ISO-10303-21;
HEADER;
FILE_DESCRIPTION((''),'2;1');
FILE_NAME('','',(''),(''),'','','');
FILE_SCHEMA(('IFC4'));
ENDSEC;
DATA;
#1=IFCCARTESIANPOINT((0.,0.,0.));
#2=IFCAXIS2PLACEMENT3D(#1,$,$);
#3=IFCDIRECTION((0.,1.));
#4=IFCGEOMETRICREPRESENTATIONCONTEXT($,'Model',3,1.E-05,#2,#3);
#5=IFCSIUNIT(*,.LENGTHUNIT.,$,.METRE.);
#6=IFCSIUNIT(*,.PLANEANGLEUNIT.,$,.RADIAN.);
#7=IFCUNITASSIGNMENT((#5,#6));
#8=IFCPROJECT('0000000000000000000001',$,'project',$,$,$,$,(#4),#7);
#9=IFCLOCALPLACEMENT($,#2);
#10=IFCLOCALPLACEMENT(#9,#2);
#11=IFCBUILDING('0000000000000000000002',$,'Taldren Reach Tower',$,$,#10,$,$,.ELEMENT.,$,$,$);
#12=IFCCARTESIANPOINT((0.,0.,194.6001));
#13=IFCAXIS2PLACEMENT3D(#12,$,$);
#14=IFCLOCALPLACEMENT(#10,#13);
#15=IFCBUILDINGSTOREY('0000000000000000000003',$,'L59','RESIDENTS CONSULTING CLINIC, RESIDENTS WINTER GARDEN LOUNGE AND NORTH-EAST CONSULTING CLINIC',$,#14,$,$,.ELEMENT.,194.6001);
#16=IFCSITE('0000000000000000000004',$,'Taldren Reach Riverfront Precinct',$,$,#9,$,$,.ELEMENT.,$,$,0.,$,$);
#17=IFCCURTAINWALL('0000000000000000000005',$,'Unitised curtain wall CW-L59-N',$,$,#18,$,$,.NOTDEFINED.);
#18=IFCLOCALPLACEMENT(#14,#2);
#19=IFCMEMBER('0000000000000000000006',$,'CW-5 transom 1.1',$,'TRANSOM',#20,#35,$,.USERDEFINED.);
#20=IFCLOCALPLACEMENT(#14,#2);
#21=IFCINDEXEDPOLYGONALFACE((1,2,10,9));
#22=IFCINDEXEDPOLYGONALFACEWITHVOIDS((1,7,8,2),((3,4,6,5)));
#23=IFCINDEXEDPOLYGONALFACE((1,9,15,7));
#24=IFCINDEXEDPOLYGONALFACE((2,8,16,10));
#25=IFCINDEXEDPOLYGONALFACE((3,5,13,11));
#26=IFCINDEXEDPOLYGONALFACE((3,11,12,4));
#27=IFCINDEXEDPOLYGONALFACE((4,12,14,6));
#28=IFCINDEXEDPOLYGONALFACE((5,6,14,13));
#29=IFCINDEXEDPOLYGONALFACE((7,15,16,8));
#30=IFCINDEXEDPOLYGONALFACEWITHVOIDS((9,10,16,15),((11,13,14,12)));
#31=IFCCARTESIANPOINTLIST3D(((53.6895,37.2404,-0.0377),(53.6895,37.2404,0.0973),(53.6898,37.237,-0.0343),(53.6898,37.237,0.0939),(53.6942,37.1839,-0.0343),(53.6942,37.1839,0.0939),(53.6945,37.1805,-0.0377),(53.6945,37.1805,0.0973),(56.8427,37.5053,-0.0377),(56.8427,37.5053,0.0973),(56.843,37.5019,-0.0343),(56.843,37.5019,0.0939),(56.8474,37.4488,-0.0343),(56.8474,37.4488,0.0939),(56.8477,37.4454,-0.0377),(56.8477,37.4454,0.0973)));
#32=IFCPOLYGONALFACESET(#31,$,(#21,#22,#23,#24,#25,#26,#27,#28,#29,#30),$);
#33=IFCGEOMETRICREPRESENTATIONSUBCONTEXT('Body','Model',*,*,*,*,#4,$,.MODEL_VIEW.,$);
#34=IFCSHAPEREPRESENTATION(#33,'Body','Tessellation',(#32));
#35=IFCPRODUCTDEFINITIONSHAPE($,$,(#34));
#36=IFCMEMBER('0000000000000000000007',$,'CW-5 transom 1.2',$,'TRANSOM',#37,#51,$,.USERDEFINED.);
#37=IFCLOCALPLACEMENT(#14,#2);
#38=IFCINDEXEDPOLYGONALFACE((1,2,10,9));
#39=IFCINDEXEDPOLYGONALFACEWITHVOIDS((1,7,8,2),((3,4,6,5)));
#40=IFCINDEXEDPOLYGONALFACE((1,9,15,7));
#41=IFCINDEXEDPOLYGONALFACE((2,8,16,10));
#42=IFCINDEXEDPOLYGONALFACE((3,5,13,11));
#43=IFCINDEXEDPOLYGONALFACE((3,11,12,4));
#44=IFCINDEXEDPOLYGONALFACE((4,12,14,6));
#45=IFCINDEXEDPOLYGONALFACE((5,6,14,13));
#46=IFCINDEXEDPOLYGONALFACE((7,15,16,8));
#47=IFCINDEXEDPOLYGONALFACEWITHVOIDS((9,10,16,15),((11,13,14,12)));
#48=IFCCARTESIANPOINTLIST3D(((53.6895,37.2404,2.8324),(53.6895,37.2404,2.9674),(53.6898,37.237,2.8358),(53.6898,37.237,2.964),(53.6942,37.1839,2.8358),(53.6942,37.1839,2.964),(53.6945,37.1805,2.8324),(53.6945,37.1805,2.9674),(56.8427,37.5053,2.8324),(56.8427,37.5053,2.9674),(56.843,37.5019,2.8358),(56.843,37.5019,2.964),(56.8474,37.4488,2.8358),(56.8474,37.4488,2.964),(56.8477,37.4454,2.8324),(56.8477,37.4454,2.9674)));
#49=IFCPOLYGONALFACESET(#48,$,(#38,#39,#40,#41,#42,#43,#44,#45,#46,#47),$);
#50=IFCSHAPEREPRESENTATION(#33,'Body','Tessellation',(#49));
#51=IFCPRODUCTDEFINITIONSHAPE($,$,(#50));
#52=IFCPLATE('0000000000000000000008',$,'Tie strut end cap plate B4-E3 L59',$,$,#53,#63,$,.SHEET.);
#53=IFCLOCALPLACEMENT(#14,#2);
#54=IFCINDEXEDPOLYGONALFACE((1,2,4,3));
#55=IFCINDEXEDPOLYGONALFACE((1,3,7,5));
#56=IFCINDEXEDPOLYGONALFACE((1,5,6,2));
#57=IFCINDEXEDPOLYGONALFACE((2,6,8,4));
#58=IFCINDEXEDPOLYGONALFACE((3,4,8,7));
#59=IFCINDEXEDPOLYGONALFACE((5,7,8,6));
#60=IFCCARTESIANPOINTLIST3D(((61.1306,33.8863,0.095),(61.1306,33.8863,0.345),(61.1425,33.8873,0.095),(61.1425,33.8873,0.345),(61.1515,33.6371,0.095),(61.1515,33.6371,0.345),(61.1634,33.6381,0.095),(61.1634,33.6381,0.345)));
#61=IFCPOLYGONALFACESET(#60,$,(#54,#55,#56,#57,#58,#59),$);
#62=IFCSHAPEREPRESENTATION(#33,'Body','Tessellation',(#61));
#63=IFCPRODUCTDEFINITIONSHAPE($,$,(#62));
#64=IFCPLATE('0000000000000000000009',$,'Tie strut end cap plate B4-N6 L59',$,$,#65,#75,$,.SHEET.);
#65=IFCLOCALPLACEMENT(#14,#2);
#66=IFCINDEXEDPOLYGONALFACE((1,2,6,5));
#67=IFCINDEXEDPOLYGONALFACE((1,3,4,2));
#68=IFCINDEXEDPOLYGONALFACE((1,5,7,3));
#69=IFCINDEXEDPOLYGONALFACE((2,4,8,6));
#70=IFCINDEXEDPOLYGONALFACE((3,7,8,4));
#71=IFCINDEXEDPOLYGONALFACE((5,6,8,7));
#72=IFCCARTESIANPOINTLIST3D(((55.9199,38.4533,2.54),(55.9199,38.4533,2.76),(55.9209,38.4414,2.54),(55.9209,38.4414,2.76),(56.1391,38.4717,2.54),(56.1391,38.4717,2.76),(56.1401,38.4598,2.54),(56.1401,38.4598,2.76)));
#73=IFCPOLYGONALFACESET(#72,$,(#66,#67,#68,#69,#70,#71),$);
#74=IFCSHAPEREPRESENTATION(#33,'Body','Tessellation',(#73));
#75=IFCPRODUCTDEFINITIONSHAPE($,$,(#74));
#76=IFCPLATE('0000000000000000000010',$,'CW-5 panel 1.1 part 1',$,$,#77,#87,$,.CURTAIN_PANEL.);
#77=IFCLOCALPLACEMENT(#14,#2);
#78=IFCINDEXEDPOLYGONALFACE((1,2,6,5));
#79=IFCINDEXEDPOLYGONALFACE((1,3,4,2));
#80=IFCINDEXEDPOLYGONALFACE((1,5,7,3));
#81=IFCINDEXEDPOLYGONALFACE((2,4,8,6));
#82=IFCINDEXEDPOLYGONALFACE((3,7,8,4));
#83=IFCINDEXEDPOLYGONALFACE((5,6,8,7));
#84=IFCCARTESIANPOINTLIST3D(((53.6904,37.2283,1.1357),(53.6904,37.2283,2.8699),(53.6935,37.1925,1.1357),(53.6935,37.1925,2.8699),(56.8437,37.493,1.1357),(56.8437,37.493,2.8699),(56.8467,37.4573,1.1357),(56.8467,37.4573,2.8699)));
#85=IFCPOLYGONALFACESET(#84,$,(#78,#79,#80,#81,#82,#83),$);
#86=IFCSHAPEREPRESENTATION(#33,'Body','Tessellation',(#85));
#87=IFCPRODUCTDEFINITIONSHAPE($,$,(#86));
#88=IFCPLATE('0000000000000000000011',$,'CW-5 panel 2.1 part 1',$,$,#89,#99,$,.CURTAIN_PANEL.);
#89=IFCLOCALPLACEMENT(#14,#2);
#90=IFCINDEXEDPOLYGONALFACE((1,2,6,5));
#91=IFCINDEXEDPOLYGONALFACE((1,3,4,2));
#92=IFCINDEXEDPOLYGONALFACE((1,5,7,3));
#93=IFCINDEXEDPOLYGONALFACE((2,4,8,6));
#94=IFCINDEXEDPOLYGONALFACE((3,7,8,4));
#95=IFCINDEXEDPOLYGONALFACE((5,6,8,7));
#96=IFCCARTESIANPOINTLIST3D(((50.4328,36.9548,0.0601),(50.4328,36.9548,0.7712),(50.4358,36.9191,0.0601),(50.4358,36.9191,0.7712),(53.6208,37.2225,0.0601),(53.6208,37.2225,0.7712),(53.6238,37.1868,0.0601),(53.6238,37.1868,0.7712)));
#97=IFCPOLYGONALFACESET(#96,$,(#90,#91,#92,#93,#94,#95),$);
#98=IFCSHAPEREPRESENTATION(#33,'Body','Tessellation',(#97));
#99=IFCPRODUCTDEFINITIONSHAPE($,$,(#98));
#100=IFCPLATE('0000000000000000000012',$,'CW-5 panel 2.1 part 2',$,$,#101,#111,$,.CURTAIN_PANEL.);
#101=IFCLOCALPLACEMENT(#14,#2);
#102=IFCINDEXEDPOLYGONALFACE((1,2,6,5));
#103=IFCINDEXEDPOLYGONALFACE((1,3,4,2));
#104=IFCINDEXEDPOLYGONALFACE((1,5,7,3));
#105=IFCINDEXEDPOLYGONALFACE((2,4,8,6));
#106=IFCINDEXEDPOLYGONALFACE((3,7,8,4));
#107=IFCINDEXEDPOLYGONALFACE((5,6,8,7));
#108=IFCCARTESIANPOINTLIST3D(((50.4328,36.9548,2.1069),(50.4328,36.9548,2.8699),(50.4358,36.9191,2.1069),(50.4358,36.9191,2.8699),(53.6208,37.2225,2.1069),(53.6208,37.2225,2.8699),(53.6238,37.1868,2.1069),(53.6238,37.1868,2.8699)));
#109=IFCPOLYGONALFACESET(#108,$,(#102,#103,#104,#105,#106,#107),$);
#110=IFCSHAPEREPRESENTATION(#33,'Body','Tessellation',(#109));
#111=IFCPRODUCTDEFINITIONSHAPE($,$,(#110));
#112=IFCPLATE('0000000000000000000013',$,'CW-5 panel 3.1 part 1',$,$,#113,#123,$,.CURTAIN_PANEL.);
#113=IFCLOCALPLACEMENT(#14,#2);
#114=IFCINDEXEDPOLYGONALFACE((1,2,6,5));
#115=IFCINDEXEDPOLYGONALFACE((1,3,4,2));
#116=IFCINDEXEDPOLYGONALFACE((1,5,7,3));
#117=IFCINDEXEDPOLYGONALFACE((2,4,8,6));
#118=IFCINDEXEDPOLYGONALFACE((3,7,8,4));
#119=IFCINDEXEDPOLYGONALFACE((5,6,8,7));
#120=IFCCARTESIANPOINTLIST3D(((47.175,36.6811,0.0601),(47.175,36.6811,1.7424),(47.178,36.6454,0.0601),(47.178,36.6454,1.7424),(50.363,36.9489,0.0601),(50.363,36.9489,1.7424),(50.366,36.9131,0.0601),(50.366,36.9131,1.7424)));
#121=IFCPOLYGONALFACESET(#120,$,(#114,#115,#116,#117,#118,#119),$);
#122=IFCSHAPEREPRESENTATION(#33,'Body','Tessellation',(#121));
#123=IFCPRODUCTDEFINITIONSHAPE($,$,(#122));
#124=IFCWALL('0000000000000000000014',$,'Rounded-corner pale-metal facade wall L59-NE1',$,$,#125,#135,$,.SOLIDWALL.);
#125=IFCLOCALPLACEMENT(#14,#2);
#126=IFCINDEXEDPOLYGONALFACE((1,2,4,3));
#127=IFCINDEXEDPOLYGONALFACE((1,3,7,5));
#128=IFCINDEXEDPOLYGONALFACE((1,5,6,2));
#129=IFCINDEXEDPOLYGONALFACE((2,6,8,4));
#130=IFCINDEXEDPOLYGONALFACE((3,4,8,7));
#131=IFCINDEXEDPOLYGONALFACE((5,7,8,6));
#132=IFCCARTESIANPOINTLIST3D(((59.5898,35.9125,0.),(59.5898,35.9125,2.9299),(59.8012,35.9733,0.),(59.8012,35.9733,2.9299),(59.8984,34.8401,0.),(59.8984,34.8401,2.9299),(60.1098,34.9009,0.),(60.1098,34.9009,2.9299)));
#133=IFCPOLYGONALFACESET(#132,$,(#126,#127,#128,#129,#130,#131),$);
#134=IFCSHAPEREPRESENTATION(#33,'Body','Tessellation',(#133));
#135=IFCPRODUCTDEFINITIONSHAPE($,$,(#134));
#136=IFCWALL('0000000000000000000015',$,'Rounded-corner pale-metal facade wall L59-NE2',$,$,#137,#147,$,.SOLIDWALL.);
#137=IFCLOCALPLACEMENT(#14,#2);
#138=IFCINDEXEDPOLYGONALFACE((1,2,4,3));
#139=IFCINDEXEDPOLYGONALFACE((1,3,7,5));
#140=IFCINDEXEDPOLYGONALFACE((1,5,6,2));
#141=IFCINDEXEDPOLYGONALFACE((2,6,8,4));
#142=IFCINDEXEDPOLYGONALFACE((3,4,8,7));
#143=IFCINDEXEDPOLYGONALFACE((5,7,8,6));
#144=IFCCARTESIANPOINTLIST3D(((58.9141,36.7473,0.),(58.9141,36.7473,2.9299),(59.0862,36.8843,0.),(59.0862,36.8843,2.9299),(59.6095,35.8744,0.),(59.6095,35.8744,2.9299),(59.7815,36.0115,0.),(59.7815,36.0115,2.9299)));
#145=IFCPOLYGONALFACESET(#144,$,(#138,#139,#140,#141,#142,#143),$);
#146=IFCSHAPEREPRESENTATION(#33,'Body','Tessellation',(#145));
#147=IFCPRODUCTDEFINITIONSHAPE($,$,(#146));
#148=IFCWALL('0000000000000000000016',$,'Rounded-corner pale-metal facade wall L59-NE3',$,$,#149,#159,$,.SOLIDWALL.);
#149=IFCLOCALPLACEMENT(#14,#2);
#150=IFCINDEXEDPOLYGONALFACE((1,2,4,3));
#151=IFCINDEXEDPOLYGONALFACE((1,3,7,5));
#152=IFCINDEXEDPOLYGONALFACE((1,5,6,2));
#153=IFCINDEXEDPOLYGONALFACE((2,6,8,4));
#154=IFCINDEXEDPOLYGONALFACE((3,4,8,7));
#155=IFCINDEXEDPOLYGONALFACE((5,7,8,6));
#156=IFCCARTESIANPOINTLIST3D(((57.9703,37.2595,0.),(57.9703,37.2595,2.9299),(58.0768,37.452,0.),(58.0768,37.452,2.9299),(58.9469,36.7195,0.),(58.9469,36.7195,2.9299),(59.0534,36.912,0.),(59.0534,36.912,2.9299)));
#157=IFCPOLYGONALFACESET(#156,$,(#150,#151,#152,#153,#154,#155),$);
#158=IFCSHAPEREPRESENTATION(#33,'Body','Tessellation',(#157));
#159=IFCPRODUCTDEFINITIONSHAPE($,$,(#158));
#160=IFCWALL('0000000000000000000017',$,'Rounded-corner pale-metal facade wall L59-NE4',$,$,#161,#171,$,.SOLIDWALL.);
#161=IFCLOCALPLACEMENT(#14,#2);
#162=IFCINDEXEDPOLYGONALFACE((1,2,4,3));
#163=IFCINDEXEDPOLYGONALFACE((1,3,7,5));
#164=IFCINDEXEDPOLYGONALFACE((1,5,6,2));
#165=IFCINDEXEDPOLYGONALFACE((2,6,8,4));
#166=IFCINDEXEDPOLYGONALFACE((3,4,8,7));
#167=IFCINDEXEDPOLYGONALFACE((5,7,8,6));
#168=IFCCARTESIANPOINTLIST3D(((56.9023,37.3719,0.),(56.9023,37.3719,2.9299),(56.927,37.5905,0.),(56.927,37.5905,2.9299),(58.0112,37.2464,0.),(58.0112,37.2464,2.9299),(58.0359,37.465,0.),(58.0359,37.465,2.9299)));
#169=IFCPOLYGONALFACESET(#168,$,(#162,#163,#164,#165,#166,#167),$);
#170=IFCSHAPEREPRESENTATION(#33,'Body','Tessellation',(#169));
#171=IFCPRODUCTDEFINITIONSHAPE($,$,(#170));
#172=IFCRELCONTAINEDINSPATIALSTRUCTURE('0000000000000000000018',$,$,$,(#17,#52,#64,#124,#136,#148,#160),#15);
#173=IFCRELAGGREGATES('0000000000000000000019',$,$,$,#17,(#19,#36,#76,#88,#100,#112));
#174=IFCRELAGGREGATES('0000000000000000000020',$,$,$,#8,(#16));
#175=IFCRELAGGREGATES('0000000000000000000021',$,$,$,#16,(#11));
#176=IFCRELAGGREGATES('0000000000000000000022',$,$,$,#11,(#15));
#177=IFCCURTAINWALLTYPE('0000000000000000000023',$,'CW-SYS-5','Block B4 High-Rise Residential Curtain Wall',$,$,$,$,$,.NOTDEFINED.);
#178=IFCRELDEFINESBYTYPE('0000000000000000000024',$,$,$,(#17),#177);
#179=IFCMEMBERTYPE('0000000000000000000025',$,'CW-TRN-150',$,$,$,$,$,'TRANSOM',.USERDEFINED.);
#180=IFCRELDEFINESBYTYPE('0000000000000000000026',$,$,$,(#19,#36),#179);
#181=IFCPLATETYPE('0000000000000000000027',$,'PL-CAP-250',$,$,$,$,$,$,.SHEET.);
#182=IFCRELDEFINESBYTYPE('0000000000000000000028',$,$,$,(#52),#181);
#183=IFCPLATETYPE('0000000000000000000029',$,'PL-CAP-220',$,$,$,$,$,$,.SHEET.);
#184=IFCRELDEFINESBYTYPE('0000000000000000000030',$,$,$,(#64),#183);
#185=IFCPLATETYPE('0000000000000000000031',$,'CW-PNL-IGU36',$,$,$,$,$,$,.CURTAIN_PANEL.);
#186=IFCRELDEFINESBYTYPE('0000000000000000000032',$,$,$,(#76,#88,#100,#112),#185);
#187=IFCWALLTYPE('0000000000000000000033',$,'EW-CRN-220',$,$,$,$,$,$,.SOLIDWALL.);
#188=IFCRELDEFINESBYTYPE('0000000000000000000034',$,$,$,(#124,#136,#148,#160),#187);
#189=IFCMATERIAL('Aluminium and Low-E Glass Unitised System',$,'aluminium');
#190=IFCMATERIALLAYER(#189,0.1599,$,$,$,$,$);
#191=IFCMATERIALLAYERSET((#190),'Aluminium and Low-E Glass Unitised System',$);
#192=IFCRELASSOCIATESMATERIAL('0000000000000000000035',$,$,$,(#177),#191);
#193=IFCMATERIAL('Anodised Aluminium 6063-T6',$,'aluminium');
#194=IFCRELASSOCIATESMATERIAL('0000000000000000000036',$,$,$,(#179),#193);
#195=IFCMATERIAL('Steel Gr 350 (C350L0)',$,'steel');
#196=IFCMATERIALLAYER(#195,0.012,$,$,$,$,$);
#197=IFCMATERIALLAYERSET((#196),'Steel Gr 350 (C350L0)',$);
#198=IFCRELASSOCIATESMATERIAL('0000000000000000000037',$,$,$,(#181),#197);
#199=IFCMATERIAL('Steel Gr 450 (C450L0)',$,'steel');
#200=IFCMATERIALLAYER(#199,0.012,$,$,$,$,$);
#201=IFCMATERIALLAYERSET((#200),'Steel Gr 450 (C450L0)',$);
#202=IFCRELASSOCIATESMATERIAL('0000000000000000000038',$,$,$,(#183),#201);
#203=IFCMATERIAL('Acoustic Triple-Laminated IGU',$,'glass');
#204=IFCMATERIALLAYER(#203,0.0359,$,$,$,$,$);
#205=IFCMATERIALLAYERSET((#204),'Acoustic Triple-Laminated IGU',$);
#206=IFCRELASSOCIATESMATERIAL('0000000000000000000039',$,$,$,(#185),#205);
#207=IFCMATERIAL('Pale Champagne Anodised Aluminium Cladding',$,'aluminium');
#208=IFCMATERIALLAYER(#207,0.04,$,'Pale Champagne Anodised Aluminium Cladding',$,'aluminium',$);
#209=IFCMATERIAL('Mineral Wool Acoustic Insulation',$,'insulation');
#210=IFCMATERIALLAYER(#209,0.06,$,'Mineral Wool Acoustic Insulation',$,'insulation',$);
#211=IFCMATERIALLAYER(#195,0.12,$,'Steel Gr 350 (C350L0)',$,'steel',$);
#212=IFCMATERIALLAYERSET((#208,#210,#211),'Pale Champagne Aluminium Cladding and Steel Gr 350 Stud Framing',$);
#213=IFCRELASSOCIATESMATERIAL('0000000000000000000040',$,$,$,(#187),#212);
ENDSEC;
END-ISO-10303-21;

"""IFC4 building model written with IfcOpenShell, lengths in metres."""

from ifc_helpers import new_model, si_unit, direction, frame, frame_2d, origin, origin_2d, place, context, subcontext, project, spatial, rectangle, hollow_rectangle, extrude, source, transform, mapped, material, layer, layer_set, material_profile, profile_set, type_object, element, aggregate, save


model = new_model("IFC4")

# Units and contexts
model_context = context("Model", 3, precision=1e-05, world=origin(), true_north=direction((0.0, 1.0)))
body_context = subcontext(model_context, "Body", "Model", "MODEL_VIEW")
ifc_project = project(units=[si_unit("LENGTHUNIT", "METRE"), si_unit("PLANEANGLEUNIT", "RADIAN")], contexts=[model_context])

# Site, building, storey
site_placement = place(None, origin())
site = spatial("IfcSite", under=ifc_project, at=site_placement, Name="Taldren Reach Riverfront Precinct", CompositionType="ELEMENT", RefElevation=0.0)
building_placement = place(site_placement, origin())
building = spatial("IfcBuilding", under=site, at=building_placement, Name="Taldren Reach Tower", CompositionType="ELEMENT")
storey_placement = place(building_placement, frame((0.0, 0.0, 194.6001)))
storey = spatial("IfcBuildingStorey", under=building, at=storey_placement, Name="L59", Description="RESIDENTS CONSULTING CLINIC, RESIDENTS WINTER GARDEN LOUNGE AND NORTH-EAST CONSULTING CLINIC", CompositionType="ELEMENT", Elevation=194.6001)

# Shared definitions
ifc_material_1 = material(Name="Steel Gr 350 (C350L0)", Category="steel")

# Shared definitions
ifc_material_2 = material(Name="Steel Gr 450 (C450L0)", Category="steel")

# Curtain wall
ifc_material_3 = material(Name="Aluminium and Low-E Glass Unitised System", Category="aluminium")
ifc_layer_1 = layer(ifc_material_3, 0.1599)
ifc_layer_set_1 = layer_set([ifc_layer_1], Name="Aluminium and Low-E Glass Unitised System")
curtain_wall_type = type_object("IfcCurtainWallType", Name="CW-SYS-5", Description="Block B4 High-Rise Residential Curtain Wall", PredefinedType="NOTDEFINED", material=ifc_layer_set_1)
curtain_wall_1_placement = place(storey_placement, origin())
curtain_wall_1 = element("IfcCurtainWall", 1, at=curtain_wall_1_placement, inside=storey, type_object=curtain_wall_type, Name="Unitised curtain wall CW-L59-N", PredefinedType="NOTDEFINED")
ifc_material_4 = material(Name="Anodised Aluminium 6063-T6", Category="aluminium")

# Members
ifc_material_profile_1 = material_profile(ifc_material_4, hollow_rectangle(XDim=0.0601, YDim=0.135, WallThickness=0.0034, at=origin_2d()), Name="ALU-135x60x3.5RHS")
ifc_profile_set_1 = profile_set([ifc_material_profile_1], Name="Anodised Aluminium 6063-T6")
member_type_1 = type_object("IfcMemberType", Name="CW-TRN-150", ElementType="TRANSOM", PredefinedType="USERDEFINED", material=ifc_profile_set_1)
shared_shape_1 = source(origin(), body_context, "Body", "SweptSolid", [
    extrude(hollow_rectangle(XDim=0.0601, YDim=0.135, WallThickness=0.0034, at=origin_2d()), origin(), (0.0, 0.0, 1.0), 3.1643),
])
member_1_placement = place(storey_placement, frame((56.8452, 37.4753, 0.0298), z_axis=(-0.99649, -0.083709, 0.0), x_axis=(0.083709, -0.99649, 0.0)))
member_1 = element("IfcMember", 2, at=member_1_placement, type_object=member_type_1, Name="CW-5 transom 1.1", ObjectType="TRANSOM", PredefinedType="USERDEFINED", context=body_context, shape_type="MappedRepresentation", body=[
    mapped(shared_shape_1, transform((0.0, 0.0, 0.0), scale=1.0)),
])
member_2_placement = place(storey_placement, frame((56.8452, 37.4753, 2.8999), z_axis=(-0.99649, -0.083709, 0.0), x_axis=(0.083709, -0.99649, 0.0)))
member_2 = element("IfcMember", 3, at=member_2_placement, type_object=member_type_1, Name="CW-5 transom 1.2", ObjectType="TRANSOM", PredefinedType="USERDEFINED", context=body_context, shape_type="MappedRepresentation", body=[
    mapped(shared_shape_1, transform((0.0, 0.0, 0.0), scale=1.0)),
])

# Plates
ifc_layer_2 = layer(ifc_material_1, 0.012)
ifc_layer_set_2 = layer_set([ifc_layer_2], Name="Steel Gr 350 (C350L0)")
plate_type_1 = type_object("IfcPlateType", Name="PL-CAP-250", PredefinedType="SHEET", material=ifc_layer_set_2)
shared_shape_2 = source(origin(), body_context, "Body", "SweptSolid", [
    extrude(rectangle(XDim=0.012, YDim=0.25, at=origin_2d()), origin(), (0.0, 0.0, 1.0), 0.25),
])
plate_1_placement = place(storey_placement, frame((61.147, 33.7622, 0.095), z_axis=(0.0, 0.0, 1.0), x_axis=(0.996493, 0.083678, 0.0)))
element("IfcPlate", 4, at=plate_1_placement, inside=storey, type_object=plate_type_1, Name="Tie strut end cap plate B4-E3 L59", PredefinedType="SHEET", context=body_context, shape_type="MappedRepresentation", body=[
    mapped(shared_shape_2, transform((0.0, 0.0, 0.0), scale=1.0)),
])
ifc_layer_3 = layer(ifc_material_2, 0.012)
ifc_layer_set_3 = layer_set([ifc_layer_3], Name="Steel Gr 450 (C450L0)")
plate_type_2 = type_object("IfcPlateType", Name="PL-CAP-220", PredefinedType="SHEET", material=ifc_layer_set_3)
shared_shape_3 = source(origin(), body_context, "Body", "SweptSolid", [
    extrude(rectangle(XDim=0.22, YDim=0.012, at=origin_2d()), origin(), (0.0, 0.0, 1.0), 0.22),
])
plate_2_placement = place(storey_placement, frame((56.03, 38.4565, 2.54), z_axis=(0.0, 0.0, 1.0), x_axis=(0.996493, 0.083678, 0.0)))
element("IfcPlate", 5, at=plate_2_placement, inside=storey, type_object=plate_type_2, Name="Tie strut end cap plate B4-N6 L59", PredefinedType="SHEET", context=body_context, shape_type="MappedRepresentation", body=[
    mapped(shared_shape_3, transform((0.0, 0.0, 0.0), scale=1.0)),
])

# Plates
ifc_material_5 = material(Name="Acoustic Triple-Laminated IGU", Category="glass")
ifc_layer_4 = layer(ifc_material_5, 0.0359)
ifc_layer_set_4 = layer_set([ifc_layer_4], Name="Acoustic Triple-Laminated IGU")
plate_type_3 = type_object("IfcPlateType", Name="CW-PNL-IGU36", PredefinedType="CURTAIN_PANEL", material=ifc_layer_set_4)
shared_shape_4 = source(origin(), body_context, "Body", "SweptSolid", [
    extrude(rectangle(XDim=3.1643, YDim=0.0359, at=origin_2d()), origin(), (0.0, 0.0, 1.0), 1.7341),
])
plate_3_placement = place(storey_placement, frame((55.2686, 37.3428, 1.1357), z_axis=(0.0, 0.0, 1.0), x_axis=(-0.996493, -0.083678, 0.0)))
plate_3 = element("IfcPlate", 6, at=plate_3_placement, type_object=plate_type_3, Name="CW-5 panel 1.1 part 1", PredefinedType="CURTAIN_PANEL", context=body_context, shape_type="MappedRepresentation", body=[
    mapped(shared_shape_4, transform((0.0, 0.0, 0.0), scale=1.0)),
])
shared_shape_5 = source(origin(), body_context, "Body", "SweptSolid", [
    extrude(rectangle(XDim=3.1992, YDim=0.0359, at=origin_2d()), origin(), (0.0, 0.0, 1.0), 0.7112),
])
plate_4_placement = place(storey_placement, frame((52.0283, 37.0708, 0.0601), z_axis=(0.0, 0.0, 1.0), x_axis=(-0.996493, -0.083678, 0.0)))
plate_4 = element("IfcPlate", 7, at=plate_4_placement, type_object=plate_type_3, Name="CW-5 panel 2.1 part 1", PredefinedType="CURTAIN_PANEL", context=body_context, shape_type="MappedRepresentation", body=[
    mapped(shared_shape_5, transform((0.0, 0.0, 0.0), scale=1.0)),
])
shared_shape_6 = source(origin(), body_context, "Body", "SweptSolid", [
    extrude(rectangle(XDim=3.1992, YDim=0.0359, at=origin_2d()), origin(), (0.0, 0.0, 1.0), 0.7629),
])
plate_5_placement = place(storey_placement, frame((52.0283, 37.0708, 2.1069), z_axis=(0.0, 0.0, 1.0), x_axis=(-0.996493, -0.083678, 0.0)))
plate_5 = element("IfcPlate", 8, at=plate_5_placement, type_object=plate_type_3, Name="CW-5 panel 2.1 part 2", PredefinedType="CURTAIN_PANEL", context=body_context, shape_type="MappedRepresentation", body=[
    mapped(shared_shape_6, transform((0.0, 0.0, 0.0), scale=1.0)),
])
shared_shape_7 = source(origin(), body_context, "Body", "SweptSolid", [
    extrude(rectangle(XDim=3.1992, YDim=0.0359, at=origin_2d()), origin(), (0.0, 0.0, 1.0), 1.6824),
])
plate_6_placement = place(storey_placement, frame((48.7705, 36.7971, 0.0601), z_axis=(0.0, 0.0, 1.0), x_axis=(-0.996493, -0.083678, 0.0)))
plate_6 = element("IfcPlate", 9, at=plate_6_placement, type_object=plate_type_3, Name="CW-5 panel 3.1 part 1", PredefinedType="CURTAIN_PANEL", context=body_context, shape_type="MappedRepresentation", body=[
    mapped(shared_shape_7, transform((0.0, 0.0, 0.0), scale=1.0)),
])
aggregate(curtain_wall_1, [member_1, member_2, plate_3, plate_4, plate_5, plate_6])

# Walls
ifc_material_6 = material(Name="Pale Champagne Anodised Aluminium Cladding", Category="aluminium")
ifc_layer_5 = layer(ifc_material_6, 0.04, Name="Pale Champagne Anodised Aluminium Cladding", Category="aluminium")
ifc_material_7 = material(Name="Mineral Wool Acoustic Insulation", Category="insulation")
ifc_layer_6 = layer(ifc_material_7, 0.06, Name="Mineral Wool Acoustic Insulation", Category="insulation")
ifc_layer_7 = layer(ifc_material_1, 0.12, Name="Steel Gr 350 (C350L0)", Category="steel")
ifc_layer_set_5 = layer_set([ifc_layer_5, ifc_layer_6, ifc_layer_7], Name="Pale Champagne Aluminium Cladding and Steel Gr 350 Stud Framing")
wall_type = type_object("IfcWallType", Name="EW-CRN-220", PredefinedType="SOLIDWALL", material=ifc_layer_set_5)
shared_shape_8 = source(origin(), body_context, "Body", "SweptSolid", [
    extrude(rectangle(XDim=1.116, YDim=0.22, at=frame_2d((0.5581, 0.0))), origin(), (0.0, 0.0, 1.0), 2.9299),
])
for number, where, z_axis, x_axis, name in (
    (10, (60.0042, 34.8704, 0.0), (0.0, 0.0, 1.0), (-0.276512, 0.96101, 0.0), "Rounded-corner pale-metal facade wall L59-NE1"),
    (11, (59.6956, 35.9429, 0.0), (0.0, 0.0, 1.0), (-0.623093, 0.782148, 0.0), "Rounded-corner pale-metal facade wall L59-NE2"),
    (12, (59.0002, 36.8157, 0.0), (0.0, 0.0, 1.0), (-0.875105, 0.483933, 0.0), "Rounded-corner pale-metal facade wall L59-NE3"),
    (13, (58.0237, 37.3557, 0.0), (0.0, 0.0, 1.0), (-0.993658, 0.112448, 0.0), "Rounded-corner pale-metal facade wall L59-NE4"),
):
    element("IfcWall", number, at=place(storey_placement, frame(where, z_axis=z_axis, x_axis=x_axis)), inside=storey, type_object=wall_type, Name=name, PredefinedType="SOLIDWALL", context=body_context, shape_type="MappedRepresentation", body=[
        mapped(shared_shape_8, transform((0.0, 0.0, 0.0), scale=1.0)),
    ])

save(model, "model.ifc")
